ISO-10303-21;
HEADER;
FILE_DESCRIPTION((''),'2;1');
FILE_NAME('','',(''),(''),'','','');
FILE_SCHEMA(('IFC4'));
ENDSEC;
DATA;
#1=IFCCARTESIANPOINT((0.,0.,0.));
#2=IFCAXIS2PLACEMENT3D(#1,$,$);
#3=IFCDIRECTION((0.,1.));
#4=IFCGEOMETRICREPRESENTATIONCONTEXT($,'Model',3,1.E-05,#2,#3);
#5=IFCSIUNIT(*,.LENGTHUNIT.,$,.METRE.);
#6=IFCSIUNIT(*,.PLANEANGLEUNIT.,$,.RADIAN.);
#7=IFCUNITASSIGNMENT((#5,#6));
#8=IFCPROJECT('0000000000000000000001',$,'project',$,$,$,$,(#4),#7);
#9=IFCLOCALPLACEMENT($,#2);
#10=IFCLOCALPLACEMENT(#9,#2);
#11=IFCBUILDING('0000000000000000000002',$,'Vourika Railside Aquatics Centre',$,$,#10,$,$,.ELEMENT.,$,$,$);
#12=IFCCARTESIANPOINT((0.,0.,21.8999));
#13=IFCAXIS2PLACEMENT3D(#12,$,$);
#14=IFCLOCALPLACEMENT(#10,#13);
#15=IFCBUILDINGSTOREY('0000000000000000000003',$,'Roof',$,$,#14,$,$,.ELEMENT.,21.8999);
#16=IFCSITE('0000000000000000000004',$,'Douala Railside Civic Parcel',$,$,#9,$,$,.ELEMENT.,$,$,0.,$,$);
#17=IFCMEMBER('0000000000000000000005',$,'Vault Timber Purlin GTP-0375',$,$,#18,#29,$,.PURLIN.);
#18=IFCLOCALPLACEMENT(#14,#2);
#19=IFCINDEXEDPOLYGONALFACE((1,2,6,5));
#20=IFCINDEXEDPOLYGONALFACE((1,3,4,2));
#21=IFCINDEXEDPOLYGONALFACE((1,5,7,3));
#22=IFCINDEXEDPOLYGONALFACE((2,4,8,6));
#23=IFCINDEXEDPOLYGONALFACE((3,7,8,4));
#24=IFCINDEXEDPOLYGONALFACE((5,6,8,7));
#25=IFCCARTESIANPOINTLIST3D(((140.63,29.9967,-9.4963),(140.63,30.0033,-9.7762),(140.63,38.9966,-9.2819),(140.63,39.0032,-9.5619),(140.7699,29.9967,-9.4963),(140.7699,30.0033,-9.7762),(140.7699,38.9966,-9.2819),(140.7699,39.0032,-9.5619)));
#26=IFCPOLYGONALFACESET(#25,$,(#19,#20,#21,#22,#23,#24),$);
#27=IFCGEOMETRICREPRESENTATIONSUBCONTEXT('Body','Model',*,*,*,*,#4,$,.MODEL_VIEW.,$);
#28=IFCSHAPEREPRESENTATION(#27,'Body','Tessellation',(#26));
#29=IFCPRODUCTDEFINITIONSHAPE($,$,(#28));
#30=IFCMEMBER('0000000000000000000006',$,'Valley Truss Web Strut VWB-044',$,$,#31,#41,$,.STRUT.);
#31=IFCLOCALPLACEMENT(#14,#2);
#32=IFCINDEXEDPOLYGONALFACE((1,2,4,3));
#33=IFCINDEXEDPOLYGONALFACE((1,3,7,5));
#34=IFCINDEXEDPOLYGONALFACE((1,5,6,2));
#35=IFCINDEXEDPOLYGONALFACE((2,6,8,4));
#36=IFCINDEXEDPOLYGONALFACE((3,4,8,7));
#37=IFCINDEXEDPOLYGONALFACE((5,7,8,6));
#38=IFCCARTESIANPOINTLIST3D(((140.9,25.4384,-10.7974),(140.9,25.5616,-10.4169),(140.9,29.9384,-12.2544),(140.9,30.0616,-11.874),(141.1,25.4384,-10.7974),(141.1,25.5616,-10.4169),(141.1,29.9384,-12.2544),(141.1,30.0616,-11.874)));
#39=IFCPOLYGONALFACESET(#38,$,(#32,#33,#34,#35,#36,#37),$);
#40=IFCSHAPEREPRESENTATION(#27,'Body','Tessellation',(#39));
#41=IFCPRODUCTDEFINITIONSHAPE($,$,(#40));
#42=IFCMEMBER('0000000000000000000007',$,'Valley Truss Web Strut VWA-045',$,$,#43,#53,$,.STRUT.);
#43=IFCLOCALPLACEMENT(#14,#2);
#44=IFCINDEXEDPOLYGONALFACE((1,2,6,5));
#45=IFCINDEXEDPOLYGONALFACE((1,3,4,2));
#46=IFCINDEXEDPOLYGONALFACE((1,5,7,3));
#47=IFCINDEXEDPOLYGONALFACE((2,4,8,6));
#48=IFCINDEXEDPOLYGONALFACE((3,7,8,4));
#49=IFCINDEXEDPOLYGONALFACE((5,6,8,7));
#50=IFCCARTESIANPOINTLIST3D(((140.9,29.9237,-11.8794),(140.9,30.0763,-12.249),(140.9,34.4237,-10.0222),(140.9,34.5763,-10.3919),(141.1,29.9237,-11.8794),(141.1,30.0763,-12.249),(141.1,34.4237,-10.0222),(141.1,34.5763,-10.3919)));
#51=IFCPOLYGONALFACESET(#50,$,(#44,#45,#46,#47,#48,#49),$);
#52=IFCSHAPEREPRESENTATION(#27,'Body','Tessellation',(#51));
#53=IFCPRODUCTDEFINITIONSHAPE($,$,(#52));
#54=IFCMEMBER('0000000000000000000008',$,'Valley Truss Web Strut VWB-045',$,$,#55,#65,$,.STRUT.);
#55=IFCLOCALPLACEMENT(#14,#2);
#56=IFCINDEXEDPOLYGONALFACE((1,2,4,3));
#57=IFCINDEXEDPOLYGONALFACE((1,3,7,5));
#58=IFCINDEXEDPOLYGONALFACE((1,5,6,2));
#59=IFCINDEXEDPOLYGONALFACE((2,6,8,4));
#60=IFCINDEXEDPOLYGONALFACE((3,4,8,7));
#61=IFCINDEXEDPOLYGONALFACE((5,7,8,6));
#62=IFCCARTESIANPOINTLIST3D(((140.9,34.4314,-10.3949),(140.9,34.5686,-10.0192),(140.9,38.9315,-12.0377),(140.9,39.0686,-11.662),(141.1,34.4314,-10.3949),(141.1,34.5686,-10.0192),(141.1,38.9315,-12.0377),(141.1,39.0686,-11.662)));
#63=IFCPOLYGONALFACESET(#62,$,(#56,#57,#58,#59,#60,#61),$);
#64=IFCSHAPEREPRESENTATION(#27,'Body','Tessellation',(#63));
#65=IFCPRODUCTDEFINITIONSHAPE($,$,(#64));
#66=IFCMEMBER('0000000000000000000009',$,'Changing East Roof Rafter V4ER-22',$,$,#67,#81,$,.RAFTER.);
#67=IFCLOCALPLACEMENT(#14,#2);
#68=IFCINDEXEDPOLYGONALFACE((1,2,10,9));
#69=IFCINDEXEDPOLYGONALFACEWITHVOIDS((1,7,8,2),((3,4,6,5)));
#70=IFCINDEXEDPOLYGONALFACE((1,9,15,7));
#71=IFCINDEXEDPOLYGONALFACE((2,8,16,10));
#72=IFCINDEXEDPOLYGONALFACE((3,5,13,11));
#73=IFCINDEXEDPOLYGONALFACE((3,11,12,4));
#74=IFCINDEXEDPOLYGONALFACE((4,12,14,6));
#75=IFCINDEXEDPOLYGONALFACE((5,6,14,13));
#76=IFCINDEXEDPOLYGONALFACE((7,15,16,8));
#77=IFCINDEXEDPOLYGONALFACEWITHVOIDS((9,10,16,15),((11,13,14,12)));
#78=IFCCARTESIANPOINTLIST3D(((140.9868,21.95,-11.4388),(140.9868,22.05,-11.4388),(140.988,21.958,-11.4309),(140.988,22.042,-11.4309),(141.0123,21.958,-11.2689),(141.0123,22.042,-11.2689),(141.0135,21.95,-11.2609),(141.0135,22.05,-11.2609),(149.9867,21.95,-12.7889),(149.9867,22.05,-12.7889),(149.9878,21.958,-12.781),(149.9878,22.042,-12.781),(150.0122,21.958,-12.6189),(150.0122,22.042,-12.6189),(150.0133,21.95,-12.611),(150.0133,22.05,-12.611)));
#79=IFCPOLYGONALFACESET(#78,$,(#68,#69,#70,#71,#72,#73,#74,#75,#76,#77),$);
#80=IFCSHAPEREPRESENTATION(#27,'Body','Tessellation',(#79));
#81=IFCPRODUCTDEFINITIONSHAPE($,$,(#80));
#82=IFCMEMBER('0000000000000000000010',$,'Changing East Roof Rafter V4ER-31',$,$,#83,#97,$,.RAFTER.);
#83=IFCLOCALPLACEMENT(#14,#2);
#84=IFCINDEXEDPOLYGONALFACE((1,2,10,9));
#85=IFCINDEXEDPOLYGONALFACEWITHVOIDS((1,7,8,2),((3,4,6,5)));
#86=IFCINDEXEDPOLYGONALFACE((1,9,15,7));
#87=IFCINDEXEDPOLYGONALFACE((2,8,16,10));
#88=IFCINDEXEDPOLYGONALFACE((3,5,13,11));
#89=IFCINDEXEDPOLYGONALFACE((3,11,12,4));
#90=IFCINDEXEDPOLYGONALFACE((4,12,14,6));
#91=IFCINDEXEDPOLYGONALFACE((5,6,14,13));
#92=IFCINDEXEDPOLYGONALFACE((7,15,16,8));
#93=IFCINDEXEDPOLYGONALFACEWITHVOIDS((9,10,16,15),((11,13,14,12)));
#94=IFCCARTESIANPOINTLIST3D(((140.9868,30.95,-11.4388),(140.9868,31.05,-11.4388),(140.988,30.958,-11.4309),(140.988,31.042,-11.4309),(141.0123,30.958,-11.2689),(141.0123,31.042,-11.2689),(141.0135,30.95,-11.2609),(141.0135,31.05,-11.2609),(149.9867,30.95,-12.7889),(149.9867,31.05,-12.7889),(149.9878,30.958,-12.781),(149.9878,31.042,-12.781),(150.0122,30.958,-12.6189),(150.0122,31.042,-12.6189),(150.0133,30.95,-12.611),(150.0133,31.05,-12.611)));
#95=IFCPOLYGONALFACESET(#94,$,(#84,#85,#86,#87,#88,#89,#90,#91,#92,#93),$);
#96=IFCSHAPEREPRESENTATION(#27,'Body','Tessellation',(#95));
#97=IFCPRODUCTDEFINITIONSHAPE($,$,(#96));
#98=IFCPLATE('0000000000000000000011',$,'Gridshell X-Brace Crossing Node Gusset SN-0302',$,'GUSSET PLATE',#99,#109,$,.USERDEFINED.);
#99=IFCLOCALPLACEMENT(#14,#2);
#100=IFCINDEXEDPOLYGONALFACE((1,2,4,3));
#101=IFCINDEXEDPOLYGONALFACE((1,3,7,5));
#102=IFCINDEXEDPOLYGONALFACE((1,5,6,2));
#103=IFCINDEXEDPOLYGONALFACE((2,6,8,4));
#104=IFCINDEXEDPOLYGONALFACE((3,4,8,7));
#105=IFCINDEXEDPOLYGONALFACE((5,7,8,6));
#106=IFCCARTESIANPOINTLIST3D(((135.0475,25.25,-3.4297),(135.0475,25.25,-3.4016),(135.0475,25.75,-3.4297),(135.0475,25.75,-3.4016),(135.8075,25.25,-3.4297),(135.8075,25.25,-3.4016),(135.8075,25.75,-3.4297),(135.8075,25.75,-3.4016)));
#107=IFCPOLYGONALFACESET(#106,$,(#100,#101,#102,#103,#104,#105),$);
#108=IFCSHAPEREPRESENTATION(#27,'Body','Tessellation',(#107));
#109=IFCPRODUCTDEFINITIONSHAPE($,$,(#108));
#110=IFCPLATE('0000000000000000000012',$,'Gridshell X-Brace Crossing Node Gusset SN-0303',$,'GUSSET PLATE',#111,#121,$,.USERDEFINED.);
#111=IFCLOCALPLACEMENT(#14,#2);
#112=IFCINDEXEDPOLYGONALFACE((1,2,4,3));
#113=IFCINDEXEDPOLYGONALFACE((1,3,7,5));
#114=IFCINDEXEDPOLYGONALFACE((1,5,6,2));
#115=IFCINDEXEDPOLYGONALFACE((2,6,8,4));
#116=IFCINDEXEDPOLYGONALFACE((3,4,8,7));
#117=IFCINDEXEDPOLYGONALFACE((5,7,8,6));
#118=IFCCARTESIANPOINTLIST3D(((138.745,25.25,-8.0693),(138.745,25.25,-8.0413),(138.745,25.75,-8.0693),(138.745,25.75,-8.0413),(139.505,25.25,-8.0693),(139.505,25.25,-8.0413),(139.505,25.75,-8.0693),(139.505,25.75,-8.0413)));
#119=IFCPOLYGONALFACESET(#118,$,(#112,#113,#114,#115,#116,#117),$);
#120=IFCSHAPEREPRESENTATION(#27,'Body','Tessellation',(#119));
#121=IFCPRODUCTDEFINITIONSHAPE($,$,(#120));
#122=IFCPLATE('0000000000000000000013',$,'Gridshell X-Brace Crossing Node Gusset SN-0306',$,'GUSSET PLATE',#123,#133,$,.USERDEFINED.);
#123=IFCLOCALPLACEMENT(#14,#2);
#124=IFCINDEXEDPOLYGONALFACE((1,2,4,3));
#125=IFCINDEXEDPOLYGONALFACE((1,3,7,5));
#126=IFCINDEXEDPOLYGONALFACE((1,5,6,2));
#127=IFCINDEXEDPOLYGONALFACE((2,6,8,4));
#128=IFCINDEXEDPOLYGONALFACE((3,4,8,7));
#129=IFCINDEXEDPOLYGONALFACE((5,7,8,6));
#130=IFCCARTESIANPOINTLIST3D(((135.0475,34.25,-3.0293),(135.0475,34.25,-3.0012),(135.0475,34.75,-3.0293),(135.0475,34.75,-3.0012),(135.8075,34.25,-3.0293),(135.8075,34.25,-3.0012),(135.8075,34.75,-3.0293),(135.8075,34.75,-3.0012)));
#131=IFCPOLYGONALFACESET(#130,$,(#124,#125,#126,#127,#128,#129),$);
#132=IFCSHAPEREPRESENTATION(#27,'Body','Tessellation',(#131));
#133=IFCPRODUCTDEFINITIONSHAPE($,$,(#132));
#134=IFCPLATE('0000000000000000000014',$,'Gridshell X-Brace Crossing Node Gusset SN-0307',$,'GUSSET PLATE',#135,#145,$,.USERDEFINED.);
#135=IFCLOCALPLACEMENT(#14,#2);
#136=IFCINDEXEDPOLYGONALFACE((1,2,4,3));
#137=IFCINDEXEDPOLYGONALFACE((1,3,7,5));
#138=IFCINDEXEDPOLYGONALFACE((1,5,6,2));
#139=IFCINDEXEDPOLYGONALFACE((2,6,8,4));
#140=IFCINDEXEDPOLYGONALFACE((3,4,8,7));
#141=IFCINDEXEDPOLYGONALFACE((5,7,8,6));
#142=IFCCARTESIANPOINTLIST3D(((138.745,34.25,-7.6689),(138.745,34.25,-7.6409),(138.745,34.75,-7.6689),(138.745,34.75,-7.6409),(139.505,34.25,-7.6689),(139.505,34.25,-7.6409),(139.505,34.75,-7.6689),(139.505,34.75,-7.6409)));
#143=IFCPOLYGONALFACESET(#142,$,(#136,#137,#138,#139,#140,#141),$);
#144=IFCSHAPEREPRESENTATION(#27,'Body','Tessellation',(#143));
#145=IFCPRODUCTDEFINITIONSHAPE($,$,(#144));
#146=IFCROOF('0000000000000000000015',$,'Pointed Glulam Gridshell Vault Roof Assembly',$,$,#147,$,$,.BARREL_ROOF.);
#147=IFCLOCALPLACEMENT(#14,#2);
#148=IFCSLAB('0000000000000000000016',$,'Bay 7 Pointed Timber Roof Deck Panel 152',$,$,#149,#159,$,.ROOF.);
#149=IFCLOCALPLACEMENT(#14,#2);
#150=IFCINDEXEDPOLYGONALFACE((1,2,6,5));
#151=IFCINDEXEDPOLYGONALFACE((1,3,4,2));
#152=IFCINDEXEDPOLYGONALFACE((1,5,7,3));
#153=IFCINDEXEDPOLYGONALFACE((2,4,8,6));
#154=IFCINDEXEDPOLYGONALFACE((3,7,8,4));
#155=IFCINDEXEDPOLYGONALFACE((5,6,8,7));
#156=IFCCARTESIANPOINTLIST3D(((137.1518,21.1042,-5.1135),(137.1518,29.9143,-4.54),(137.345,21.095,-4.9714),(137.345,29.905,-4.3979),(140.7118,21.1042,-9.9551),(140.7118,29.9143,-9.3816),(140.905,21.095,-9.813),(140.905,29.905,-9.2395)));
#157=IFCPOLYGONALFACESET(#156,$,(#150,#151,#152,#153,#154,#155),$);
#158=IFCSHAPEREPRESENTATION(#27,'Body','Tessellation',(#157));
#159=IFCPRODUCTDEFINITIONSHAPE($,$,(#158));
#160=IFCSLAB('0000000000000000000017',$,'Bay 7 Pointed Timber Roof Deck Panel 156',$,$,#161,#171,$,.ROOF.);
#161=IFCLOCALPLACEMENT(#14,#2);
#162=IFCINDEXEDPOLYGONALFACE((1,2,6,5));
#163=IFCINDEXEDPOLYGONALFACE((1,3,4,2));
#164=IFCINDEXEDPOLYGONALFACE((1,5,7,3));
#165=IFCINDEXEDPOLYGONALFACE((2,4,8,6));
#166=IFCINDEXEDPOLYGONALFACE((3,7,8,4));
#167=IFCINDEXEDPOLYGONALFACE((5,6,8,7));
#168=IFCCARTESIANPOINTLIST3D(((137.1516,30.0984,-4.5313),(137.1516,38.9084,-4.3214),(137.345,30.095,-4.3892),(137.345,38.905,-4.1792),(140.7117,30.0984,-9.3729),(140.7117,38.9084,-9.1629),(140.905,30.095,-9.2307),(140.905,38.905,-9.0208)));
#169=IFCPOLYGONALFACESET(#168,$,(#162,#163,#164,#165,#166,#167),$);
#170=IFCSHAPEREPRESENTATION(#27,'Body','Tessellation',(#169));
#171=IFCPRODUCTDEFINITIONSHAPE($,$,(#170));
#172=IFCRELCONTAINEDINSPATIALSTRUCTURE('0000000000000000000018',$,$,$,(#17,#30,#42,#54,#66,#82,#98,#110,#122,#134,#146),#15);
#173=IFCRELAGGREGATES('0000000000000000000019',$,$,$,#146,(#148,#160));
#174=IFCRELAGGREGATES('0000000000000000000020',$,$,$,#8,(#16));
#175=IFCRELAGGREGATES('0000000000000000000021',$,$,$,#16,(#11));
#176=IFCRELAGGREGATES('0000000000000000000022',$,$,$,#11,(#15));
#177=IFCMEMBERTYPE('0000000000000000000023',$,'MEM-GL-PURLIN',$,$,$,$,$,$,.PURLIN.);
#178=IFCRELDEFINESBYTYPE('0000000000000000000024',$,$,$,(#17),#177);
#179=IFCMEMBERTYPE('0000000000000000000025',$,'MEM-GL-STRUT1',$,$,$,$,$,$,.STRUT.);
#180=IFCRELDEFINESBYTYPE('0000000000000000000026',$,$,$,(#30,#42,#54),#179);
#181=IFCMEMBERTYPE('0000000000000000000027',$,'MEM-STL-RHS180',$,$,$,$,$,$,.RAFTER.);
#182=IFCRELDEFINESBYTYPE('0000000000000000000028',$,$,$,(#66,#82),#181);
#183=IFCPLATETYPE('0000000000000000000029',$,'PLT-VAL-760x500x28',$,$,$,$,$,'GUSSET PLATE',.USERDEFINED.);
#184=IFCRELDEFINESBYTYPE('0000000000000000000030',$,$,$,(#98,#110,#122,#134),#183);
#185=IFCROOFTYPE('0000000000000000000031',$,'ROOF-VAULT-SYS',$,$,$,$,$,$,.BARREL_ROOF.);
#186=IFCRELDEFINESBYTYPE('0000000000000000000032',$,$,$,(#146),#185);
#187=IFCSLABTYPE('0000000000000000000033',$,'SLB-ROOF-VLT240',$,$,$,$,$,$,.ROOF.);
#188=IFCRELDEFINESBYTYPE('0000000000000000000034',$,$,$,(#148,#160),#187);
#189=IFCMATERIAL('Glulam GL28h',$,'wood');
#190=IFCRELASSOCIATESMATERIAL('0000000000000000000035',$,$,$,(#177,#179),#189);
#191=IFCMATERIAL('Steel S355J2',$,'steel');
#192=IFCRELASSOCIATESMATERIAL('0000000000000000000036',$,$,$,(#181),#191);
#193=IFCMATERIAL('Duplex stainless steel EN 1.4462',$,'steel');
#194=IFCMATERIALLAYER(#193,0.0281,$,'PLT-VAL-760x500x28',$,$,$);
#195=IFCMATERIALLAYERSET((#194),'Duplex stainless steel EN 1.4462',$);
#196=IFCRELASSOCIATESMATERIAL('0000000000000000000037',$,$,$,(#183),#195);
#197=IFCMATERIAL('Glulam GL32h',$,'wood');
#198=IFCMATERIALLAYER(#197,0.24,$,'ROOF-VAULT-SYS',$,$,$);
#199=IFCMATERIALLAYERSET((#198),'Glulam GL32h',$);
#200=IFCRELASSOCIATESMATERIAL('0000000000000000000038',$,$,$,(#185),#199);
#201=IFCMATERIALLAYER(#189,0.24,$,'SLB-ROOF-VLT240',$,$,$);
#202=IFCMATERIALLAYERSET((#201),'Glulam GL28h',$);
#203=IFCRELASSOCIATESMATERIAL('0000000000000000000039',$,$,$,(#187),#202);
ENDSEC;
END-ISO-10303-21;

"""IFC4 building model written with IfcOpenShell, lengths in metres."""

from ifc_helpers import new_model, si_unit, direction, frame, origin, origin_2d, place, context, subcontext, project, spatial, polyline, rectangle, hollow_rectangle, outline, extrude, material, layer, layer_set, material_profile, profile_set, type_object, element, aggregate, save


model = new_model("IFC4")

# Units and contexts
model_context = context("Model", 3, precision=1e-05, world=origin(), true_north=direction((0.0, 1.0)))
body_context = subcontext(model_context, "Body", "Model", "MODEL_VIEW")
ifc_project = project(units=[si_unit("LENGTHUNIT", "METRE"), si_unit("PLANEANGLEUNIT", "RADIAN")], contexts=[model_context])

# Site, building, storey
site_placement = place(None, origin())
site = spatial("IfcSite", under=ifc_project, at=site_placement, Name="Douala Railside Civic Parcel", CompositionType="ELEMENT", RefElevation=0.0)
building_placement = place(site_placement, origin())
building = spatial("IfcBuilding", under=site, at=building_placement, Name="Vourika Railside Aquatics Centre", CompositionType="ELEMENT")
storey_placement = place(building_placement, frame((0.0, 0.0, 21.8999)))
storey = spatial("IfcBuildingStorey", under=building, at=storey_placement, Name="Roof", CompositionType="ELEMENT", Elevation=21.8999)

# Shared definitions
ifc_material_1 = material(Name="Steel S355J2", Category="steel")

# Shared definitions
ifc_material_2 = material(Name="Glulam GL32h", Category="wood")

# Members
ifc_material_3 = material(Name="Glulam GL28h", Category="wood")
ifc_material_profile_1 = material_profile(ifc_material_3, rectangle(XDim=0.1399, YDim=0.28, at=origin_2d()), Name="GL28h 140x280")
ifc_profile_set_1 = profile_set([ifc_material_profile_1], Name="Glulam GL28h")
member_type_1 = type_object("IfcMemberType", Name="MEM-GL-PURLIN", PredefinedType="PURLIN", material=ifc_profile_set_1)
for number, where, z_axis, x_axis, name in (
    (1, (140.7, 30.0, -9.6362), (0.0, 0.999716, 0.023811), (-1.0, 0.0, 0.0), "Vault Timber Purlin GTP-0375"),
):
    element("IfcMember", number, at=place(storey_placement, frame(where, z_axis=z_axis, x_axis=x_axis)), inside=storey, type_object=member_type_1, Name=name, PredefinedType="PURLIN", context=body_context, shape_type="SweptSolid", body=[
        extrude(rectangle(XDim=0.1399, YDim=0.28, at=origin_2d()), origin(), (0.0, 0.0, 1.0), 9.0024),
    ])
ifc_material_profile_2 = material_profile(ifc_material_3, rectangle(XDim=0.2, YDim=0.3999, at=origin_2d()), Name="GL28h 200x400")
ifc_profile_set_2 = profile_set([ifc_material_profile_2], Name="Glulam GL28h")
member_type_2 = type_object("IfcMemberType", Name="MEM-GL-STRUT1", PredefinedType="STRUT", material=ifc_profile_set_2)
member_1_placement = place(storey_placement, frame((141.0, 25.5, -10.6072), z_axis=(0.0, 0.951373, -0.30804), x_axis=(-1.0, 0.0, 0.0)))
element("IfcMember", 2, at=member_1_placement, inside=storey, type_object=member_type_2, Name="Valley Truss Web Strut VWB-044", PredefinedType="STRUT", context=body_context, shape_type="SweptSolid", body=[
    extrude(rectangle(XDim=0.2, YDim=0.3999, at=origin_2d()), origin(), (0.0, 0.0, 1.0), 4.73),
])
member_2_placement = place(storey_placement, frame((141.0, 30.0, -12.0642), z_axis=(0.0, 0.924371, 0.381494), x_axis=(-1.0, 0.0, 0.0)))
element("IfcMember", 3, at=member_2_placement, inside=storey, type_object=member_type_2, Name="Valley Truss Web Strut VWA-045", PredefinedType="STRUT", context=body_context, shape_type="SweptSolid", body=[
    extrude(rectangle(XDim=0.2, YDim=0.3999, at=origin_2d()), origin(), (0.0, 0.0, 1.0), 4.8682),
])
member_3_placement = place(storey_placement, frame((141.0, 34.5, -10.207), z_axis=(0.0, 0.93936, -0.342934), x_axis=(-1.0, 0.0, 0.0)))
element("IfcMember", 4, at=member_3_placement, inside=storey, type_object=member_type_2, Name="Valley Truss Web Strut VWB-045", PredefinedType="STRUT", context=body_context, shape_type="SweptSolid", body=[
    extrude(rectangle(XDim=0.2, YDim=0.3999, at=origin_2d()), origin(), (0.0, 0.0, 1.0), 4.7905),
])
ifc_material_profile_3 = material_profile(ifc_material_1, hollow_rectangle(XDim=0.1001, YDim=0.1799, WallThickness=0.0081, at=origin_2d()), Name="RHS 180x100x8")
ifc_profile_set_3 = profile_set([ifc_material_profile_3], Name="Steel S355J2")
member_type_3 = type_object("IfcMemberType", Name="MEM-STL-RHS180", PredefinedType="RAFTER", material=ifc_profile_set_3)
for number, where, z_axis, x_axis, name in (
    (5, (150.0, 22.0, -12.7), (-0.988935, 0.0, 0.148351), (0.0, -1.0, 0.0), "Changing East Roof Rafter V4ER-22"),
    (6, (150.0, 31.0, -12.7), (-0.988935, 0.0, 0.148351), (0.0, -1.0, 0.0), "Changing East Roof Rafter V4ER-31"),
):
    element("IfcMember", number, at=place(storey_placement, frame(where, z_axis=z_axis, x_axis=x_axis)), inside=storey, type_object=member_type_3, Name=name, PredefinedType="RAFTER", context=body_context, shape_type="SweptSolid", body=[
        extrude(hollow_rectangle(XDim=0.1001, YDim=0.1799, WallThickness=0.0081, at=origin_2d()), origin(), (0.0, 0.0, 1.0), 9.1006),
    ])

# Plates
ifc_material_4 = material(Name="Duplex stainless steel EN 1.4462", Category="steel")
ifc_layer_1 = layer(ifc_material_4, 0.0281, Name="PLT-VAL-760x500x28")
ifc_layer_set_1 = layer_set([ifc_layer_1], Name="Duplex stainless steel EN 1.4462")
plate_type = type_object("IfcPlateType", Name="PLT-VAL-760x500x28", ElementType="GUSSET PLATE", PredefinedType="USERDEFINED", material=ifc_layer_set_1)
for number, where, z_axis, x_axis, name in (
    (7, (135.4275, 25.5, -3.4297), (0.0, 0.0, 1.0), (1.0, 0.0, 0.0), "Gridshell X-Brace Crossing Node Gusset SN-0302"),
    (8, (139.125, 25.5, -8.0693), (0.0, 0.0, 1.0), (1.0, 0.0, 0.0), "Gridshell X-Brace Crossing Node Gusset SN-0303"),
    (9, (135.4275, 34.5, -3.0293), (0.0, 0.0, 1.0), (1.0, 0.0, 0.0), "Gridshell X-Brace Crossing Node Gusset SN-0306"),
    (10, (139.125, 34.5, -7.6689), (0.0, 0.0, 1.0), (1.0, 0.0, 0.0), "Gridshell X-Brace Crossing Node Gusset SN-0307"),
):
    element("IfcPlate", number, at=place(storey_placement, frame(where, z_axis=z_axis, x_axis=x_axis)), inside=storey, type_object=plate_type, Name=name, ObjectType="GUSSET PLATE", PredefinedType="USERDEFINED", context=body_context, shape_type="SweptSolid", body=[
        extrude(rectangle(XDim=0.76, YDim=0.5, at=origin_2d()), origin(), (0.0, 0.0, 1.0), 0.0281),
    ])

# Roof, slabs
ifc_layer_2 = layer(ifc_material_2, 0.24, Name="ROOF-VAULT-SYS")
ifc_layer_set_2 = layer_set([ifc_layer_2], Name="Glulam GL32h")
roof_type = type_object("IfcRoofType", Name="ROOF-VAULT-SYS", PredefinedType="BARREL_ROOF", material=ifc_layer_set_2)
roof_placement = place(storey_placement, origin())
roof = element("IfcRoof", 11, at=roof_placement, inside=storey, type_object=roof_type, Name="Pointed Glulam Gridshell Vault Roof Assembly", PredefinedType="BARREL_ROOF")
ifc_layer_3 = layer(ifc_material_3, 0.24, Name="SLB-ROOF-VLT240")
ifc_layer_set_3 = layer_set([ifc_layer_3], Name="Glulam GL28h")
slab_type = type_object("IfcSlabType", Name="SLB-ROOF-VLT240", PredefinedType="ROOF", material=ifc_layer_set_3)
slab_1_placement = place(storey_placement, frame((137.345, 21.095, -4.9714), z_axis=(0.805045, -0.038533, 0.591961), x_axis=(0.592401, 0.0, -0.805644)))
slab_1 = element("IfcSlab", 12, at=slab_1_placement, type_object=slab_type, Name="Bay 7 Pointed Timber Roof Deck Panel 152", PredefinedType="ROOF", context=body_context, shape_type="SweptSolid", body=[
    extrude(outline(polyline([(0.0, 0.0), (6.0095, 0.0), (5.5475, 8.8166), (-0.462, 8.8166), (0.0, 0.0)])), origin(), (0.0, 0.0, -1.0), 0.24),
])
slab_2_placement = place(storey_placement, frame((137.345, 30.095, -4.3892), z_axis=(0.805563, -0.014117, 0.592342), x_axis=(0.592401, 0.0, -0.805644)))
slab_2 = element("IfcSlab", 13, at=slab_2_placement, type_object=slab_type, Name="Bay 7 Pointed Timber Roof Deck Panel 156", PredefinedType="ROOF", context=body_context, shape_type="SweptSolid", body=[
    extrude(outline(polyline([(0.0, 0.0), (6.0095, 0.0), (5.8404, 8.8109), (-0.1692, 8.8109), (0.0, 0.0)])), origin(), (0.0, 0.0, -1.0), 0.24),
])
aggregate(roof, [slab_1, slab_2])

save(model, "model.ifc")
